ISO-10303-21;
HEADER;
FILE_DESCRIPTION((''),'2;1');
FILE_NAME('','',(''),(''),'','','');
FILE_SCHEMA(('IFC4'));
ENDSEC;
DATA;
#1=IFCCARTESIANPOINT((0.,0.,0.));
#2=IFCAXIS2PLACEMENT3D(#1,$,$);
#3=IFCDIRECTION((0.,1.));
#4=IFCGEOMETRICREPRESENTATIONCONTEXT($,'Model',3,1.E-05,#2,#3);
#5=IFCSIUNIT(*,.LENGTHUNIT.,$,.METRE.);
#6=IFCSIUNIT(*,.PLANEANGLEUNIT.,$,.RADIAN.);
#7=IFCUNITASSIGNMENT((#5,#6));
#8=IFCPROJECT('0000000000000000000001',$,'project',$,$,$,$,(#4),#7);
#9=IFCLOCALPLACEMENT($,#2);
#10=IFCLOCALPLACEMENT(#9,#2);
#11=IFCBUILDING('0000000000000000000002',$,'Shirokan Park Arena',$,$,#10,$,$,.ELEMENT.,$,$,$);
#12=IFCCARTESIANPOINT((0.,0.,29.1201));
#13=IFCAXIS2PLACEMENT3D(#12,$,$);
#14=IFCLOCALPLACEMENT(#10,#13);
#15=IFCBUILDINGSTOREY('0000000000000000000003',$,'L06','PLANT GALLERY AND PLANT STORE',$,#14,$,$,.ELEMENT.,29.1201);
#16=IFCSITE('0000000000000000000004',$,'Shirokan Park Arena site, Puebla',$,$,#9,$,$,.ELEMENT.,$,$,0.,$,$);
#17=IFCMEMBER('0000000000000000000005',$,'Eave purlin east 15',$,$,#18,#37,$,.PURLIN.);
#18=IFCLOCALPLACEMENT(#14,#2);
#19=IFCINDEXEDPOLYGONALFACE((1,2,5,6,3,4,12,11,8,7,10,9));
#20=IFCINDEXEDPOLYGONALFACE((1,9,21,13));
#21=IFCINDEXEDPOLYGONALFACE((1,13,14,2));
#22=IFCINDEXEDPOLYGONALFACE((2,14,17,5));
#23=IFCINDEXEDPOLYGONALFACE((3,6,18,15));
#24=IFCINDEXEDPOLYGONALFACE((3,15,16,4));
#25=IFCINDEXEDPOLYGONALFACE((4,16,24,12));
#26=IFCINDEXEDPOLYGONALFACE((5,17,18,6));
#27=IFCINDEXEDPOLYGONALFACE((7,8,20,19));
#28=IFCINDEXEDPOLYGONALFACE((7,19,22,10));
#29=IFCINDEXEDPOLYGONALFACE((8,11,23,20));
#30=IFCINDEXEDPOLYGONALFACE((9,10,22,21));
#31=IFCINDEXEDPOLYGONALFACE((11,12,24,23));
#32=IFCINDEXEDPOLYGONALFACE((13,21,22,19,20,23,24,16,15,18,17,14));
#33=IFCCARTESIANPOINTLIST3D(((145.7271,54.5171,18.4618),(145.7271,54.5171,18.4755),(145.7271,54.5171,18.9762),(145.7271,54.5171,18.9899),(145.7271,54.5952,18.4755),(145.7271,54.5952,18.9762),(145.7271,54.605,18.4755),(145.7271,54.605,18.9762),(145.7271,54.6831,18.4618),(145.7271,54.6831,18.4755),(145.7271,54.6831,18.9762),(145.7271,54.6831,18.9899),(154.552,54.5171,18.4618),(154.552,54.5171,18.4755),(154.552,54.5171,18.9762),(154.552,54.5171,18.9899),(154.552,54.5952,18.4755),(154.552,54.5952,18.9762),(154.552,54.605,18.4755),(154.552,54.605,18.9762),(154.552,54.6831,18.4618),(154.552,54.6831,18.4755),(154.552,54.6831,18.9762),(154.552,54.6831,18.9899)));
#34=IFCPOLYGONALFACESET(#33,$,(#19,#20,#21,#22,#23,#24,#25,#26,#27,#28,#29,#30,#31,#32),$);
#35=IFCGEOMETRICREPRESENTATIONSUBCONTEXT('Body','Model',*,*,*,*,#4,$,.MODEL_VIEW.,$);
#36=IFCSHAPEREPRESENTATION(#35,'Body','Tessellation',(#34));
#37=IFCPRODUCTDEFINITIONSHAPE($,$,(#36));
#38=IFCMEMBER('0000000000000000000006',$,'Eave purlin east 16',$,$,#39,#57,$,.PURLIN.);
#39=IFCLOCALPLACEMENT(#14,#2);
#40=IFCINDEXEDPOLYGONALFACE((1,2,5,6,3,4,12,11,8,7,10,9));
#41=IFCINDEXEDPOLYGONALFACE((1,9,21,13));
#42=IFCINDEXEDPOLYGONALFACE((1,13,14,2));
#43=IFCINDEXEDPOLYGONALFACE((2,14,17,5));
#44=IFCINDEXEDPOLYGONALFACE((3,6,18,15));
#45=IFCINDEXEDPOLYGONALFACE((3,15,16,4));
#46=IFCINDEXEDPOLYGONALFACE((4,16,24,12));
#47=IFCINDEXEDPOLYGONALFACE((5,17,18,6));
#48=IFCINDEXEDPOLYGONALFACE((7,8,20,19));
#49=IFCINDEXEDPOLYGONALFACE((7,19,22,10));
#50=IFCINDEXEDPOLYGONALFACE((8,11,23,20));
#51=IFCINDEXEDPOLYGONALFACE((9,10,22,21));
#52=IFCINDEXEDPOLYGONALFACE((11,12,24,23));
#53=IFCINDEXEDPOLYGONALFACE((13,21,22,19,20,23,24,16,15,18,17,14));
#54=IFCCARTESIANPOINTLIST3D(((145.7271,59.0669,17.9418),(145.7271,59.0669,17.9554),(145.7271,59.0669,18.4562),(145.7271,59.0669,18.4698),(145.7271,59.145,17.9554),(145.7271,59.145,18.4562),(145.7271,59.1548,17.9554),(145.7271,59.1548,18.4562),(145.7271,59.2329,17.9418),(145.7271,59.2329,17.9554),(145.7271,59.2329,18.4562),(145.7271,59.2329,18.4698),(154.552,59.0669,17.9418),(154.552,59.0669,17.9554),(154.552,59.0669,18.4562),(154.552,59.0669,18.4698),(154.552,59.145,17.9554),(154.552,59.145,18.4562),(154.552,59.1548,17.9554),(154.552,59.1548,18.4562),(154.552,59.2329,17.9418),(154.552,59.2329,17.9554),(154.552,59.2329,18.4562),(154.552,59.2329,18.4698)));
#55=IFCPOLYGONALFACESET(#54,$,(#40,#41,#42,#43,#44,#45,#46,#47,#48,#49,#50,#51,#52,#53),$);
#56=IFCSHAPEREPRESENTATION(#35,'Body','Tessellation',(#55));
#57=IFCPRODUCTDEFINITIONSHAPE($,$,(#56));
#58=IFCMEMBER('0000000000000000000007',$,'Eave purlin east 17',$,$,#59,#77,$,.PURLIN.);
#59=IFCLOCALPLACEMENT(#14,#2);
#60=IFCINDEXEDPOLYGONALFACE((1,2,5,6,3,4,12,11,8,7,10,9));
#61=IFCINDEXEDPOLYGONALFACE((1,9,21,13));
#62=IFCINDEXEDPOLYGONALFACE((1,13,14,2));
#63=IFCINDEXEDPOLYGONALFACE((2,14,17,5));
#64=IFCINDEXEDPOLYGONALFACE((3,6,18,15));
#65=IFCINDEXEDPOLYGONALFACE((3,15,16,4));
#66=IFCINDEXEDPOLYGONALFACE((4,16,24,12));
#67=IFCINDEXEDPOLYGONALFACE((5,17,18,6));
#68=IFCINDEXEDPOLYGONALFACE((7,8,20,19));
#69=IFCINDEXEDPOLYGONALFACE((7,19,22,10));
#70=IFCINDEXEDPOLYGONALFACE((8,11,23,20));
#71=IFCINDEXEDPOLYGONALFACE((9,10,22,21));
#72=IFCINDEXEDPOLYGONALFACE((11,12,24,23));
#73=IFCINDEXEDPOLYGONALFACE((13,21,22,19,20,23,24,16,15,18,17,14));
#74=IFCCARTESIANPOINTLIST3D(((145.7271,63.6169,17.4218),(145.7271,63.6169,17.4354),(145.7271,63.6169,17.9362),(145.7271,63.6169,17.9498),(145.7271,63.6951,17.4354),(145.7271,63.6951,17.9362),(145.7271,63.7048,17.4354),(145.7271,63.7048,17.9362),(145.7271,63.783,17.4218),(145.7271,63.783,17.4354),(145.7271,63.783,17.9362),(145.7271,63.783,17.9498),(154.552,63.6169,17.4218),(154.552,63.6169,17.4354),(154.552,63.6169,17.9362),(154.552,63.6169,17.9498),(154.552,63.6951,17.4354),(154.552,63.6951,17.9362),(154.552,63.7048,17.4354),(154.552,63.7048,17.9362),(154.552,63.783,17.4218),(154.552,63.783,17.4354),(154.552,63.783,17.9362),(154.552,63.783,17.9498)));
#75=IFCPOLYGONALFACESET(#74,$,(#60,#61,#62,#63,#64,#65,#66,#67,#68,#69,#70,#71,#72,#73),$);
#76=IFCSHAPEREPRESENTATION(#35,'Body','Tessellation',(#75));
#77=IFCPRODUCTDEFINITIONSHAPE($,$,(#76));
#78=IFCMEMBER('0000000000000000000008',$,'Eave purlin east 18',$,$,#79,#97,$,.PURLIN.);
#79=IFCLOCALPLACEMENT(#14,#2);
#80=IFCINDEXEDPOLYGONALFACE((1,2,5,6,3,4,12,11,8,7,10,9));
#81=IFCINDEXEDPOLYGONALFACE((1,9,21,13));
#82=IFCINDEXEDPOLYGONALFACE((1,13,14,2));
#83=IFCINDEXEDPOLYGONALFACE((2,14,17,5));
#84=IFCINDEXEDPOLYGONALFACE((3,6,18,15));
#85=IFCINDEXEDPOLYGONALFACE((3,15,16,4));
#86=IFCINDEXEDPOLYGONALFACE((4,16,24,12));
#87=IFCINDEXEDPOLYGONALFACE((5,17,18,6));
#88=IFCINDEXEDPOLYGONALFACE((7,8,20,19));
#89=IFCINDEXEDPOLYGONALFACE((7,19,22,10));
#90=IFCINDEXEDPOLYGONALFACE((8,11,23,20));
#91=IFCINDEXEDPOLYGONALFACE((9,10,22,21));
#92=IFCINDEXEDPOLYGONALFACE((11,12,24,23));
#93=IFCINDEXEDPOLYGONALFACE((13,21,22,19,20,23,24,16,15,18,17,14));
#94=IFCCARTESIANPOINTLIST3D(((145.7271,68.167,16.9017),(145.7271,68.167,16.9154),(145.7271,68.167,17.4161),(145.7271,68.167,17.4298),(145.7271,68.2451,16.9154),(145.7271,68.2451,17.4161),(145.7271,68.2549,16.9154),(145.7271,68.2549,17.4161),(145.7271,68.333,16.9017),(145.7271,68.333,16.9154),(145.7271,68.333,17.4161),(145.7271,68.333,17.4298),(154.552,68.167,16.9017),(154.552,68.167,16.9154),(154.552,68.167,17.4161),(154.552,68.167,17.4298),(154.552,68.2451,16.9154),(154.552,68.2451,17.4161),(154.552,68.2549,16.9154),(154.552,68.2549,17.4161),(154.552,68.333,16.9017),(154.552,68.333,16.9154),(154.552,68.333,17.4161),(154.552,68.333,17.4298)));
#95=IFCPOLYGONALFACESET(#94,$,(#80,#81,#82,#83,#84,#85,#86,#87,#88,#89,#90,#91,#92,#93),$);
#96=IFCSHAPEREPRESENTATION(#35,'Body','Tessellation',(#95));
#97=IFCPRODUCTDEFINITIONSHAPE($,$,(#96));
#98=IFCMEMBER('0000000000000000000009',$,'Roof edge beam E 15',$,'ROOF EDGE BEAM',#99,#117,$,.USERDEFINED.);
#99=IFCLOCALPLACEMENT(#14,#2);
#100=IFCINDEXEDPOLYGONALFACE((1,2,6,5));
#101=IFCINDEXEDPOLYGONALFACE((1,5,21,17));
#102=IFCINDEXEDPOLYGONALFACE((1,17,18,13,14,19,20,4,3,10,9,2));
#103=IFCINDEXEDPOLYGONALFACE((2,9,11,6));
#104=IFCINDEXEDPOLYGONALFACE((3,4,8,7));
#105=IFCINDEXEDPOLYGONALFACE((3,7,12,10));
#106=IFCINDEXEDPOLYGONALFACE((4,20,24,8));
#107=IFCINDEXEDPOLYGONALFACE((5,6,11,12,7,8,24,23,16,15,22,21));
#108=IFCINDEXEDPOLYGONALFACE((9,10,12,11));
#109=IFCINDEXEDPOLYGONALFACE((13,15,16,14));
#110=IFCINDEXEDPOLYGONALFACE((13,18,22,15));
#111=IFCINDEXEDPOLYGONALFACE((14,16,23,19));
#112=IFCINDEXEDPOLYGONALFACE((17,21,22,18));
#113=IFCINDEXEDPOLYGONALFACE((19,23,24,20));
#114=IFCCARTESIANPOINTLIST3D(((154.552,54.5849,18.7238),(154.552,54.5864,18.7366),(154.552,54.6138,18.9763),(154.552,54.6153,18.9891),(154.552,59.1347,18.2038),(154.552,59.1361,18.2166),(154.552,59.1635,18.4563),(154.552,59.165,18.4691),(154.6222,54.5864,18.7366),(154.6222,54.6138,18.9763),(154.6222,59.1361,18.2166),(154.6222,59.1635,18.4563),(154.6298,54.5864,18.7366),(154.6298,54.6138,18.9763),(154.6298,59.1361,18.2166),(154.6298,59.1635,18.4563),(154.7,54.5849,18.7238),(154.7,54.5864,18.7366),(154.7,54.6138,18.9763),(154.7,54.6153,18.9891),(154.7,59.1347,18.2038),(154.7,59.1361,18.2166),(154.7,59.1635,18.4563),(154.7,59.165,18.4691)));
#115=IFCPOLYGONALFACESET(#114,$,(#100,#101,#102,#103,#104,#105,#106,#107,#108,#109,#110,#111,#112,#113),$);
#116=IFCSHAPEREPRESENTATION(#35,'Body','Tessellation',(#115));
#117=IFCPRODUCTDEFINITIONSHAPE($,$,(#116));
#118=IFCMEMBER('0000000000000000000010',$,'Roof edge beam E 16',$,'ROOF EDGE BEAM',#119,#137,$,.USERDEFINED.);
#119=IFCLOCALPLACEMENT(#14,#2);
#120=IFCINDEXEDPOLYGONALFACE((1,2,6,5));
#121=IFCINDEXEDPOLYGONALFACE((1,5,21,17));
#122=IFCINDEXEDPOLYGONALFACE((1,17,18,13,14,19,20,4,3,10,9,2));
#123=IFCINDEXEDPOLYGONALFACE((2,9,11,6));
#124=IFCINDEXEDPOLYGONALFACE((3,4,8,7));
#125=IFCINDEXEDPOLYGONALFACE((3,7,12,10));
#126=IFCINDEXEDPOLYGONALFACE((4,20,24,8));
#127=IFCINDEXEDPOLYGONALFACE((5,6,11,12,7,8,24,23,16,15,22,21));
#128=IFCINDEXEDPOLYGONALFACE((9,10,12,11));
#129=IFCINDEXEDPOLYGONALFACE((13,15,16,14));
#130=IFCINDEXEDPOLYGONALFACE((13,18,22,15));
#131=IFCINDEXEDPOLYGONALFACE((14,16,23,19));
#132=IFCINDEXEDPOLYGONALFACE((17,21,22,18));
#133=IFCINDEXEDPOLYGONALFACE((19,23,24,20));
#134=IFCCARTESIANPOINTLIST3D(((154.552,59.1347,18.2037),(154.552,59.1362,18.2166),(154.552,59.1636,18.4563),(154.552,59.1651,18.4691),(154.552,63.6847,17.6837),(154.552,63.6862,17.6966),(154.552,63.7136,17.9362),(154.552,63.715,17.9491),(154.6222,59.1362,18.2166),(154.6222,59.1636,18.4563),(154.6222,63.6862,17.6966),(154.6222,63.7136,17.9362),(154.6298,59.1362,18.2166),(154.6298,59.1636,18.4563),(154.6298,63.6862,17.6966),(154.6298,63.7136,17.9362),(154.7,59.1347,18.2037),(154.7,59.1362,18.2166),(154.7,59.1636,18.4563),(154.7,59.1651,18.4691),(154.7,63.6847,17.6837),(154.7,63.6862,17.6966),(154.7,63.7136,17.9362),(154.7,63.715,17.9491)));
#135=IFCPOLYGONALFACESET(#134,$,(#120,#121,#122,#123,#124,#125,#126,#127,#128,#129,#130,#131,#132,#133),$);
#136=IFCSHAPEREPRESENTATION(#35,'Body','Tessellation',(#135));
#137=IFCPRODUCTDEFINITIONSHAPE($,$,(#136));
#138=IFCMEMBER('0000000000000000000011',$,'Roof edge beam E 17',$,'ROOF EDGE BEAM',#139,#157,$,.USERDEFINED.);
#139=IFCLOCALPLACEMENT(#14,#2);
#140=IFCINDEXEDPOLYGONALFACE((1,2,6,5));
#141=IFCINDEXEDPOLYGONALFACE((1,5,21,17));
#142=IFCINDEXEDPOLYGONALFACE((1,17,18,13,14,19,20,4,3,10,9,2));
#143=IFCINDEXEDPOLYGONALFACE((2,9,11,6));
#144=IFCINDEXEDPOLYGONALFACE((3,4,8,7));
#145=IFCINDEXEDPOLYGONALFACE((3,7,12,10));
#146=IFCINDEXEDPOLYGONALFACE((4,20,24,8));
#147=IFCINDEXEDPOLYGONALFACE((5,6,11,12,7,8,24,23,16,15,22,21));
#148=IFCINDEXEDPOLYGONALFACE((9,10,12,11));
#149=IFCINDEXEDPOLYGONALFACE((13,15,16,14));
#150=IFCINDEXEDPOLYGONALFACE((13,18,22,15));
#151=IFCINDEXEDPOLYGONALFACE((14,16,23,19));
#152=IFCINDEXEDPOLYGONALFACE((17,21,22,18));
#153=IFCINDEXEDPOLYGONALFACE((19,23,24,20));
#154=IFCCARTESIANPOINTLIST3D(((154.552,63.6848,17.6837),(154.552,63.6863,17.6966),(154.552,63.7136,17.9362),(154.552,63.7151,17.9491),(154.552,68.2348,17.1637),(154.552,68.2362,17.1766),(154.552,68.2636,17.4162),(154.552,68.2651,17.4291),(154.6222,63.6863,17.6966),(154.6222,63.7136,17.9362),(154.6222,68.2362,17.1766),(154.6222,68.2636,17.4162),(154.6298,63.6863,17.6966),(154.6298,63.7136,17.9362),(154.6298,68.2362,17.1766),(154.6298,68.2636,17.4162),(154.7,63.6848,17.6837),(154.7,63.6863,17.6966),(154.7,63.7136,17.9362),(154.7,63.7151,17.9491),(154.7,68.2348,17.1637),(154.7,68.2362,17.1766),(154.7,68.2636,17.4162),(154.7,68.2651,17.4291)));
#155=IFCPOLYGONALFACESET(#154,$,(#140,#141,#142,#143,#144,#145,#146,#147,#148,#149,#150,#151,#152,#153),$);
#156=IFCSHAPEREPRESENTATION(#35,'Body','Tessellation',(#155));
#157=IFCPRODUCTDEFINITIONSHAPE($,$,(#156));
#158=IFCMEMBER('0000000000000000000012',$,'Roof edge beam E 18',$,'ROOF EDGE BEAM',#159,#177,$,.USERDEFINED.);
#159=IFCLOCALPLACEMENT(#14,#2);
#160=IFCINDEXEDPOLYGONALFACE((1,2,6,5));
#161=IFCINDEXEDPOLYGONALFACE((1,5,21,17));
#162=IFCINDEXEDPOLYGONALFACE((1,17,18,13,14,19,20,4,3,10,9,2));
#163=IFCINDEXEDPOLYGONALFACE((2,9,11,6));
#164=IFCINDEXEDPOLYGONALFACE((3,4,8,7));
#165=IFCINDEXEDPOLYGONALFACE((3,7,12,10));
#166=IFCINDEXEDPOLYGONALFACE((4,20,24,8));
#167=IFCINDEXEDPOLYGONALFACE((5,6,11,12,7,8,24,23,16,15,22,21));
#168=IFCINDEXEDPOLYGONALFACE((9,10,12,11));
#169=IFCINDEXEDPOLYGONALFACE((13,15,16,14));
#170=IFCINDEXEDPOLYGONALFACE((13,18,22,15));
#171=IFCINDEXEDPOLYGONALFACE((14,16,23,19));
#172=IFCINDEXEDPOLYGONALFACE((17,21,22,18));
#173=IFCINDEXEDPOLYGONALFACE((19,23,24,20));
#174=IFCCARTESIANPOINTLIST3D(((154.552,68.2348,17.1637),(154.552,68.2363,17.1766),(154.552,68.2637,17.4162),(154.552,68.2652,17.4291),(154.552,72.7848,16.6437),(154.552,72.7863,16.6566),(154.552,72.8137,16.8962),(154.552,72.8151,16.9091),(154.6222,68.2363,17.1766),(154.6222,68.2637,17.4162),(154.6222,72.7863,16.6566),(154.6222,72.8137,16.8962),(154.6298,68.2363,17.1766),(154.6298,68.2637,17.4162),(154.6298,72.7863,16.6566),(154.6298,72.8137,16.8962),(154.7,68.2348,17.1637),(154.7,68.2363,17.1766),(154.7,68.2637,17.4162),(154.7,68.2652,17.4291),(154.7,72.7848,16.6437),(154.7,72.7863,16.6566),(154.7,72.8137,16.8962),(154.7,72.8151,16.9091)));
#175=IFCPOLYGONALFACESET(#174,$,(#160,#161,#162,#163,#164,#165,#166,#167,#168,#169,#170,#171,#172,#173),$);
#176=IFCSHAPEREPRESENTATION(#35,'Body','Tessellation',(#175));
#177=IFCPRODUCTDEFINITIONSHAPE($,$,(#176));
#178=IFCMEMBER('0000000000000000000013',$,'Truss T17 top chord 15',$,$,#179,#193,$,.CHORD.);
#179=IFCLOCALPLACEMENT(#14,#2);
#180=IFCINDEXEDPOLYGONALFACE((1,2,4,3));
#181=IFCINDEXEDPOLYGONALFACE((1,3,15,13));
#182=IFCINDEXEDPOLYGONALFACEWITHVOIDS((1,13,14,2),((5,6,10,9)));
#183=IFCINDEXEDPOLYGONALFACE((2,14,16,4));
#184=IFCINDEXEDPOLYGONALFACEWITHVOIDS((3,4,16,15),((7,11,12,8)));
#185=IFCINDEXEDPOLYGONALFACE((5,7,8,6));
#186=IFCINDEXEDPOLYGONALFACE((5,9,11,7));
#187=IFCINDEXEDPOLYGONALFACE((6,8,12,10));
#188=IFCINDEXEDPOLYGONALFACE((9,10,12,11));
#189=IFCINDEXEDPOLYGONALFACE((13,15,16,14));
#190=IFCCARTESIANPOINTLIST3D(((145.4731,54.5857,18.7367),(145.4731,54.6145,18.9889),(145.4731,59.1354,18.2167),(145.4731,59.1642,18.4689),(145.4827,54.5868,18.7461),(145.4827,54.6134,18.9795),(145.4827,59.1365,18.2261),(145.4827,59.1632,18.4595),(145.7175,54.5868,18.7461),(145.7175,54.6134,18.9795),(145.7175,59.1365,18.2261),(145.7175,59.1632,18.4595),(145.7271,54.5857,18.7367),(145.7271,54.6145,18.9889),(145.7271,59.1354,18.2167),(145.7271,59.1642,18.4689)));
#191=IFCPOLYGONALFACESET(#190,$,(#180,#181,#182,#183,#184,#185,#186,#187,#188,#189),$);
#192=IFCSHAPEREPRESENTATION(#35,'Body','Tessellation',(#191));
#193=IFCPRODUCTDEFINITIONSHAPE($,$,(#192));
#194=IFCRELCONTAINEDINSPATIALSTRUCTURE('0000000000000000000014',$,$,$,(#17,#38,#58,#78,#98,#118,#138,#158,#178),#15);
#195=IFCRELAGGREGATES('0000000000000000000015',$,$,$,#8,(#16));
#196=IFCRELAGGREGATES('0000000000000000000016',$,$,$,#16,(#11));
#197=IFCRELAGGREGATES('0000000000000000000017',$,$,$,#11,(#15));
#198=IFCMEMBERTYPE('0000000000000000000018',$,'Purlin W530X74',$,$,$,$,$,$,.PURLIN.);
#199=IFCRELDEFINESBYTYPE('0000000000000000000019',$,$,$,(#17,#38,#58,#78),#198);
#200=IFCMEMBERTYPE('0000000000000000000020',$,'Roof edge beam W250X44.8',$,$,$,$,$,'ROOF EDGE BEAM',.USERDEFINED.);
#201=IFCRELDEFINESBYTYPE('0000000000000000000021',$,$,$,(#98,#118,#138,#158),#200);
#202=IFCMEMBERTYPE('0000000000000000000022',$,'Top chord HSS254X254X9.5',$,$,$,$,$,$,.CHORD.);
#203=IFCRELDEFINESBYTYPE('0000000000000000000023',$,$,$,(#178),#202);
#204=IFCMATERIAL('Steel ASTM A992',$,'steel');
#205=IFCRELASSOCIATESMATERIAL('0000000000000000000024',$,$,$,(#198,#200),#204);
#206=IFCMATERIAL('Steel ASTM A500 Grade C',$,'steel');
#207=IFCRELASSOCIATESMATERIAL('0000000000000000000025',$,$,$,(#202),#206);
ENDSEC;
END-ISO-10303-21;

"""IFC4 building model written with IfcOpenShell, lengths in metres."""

from ifc_helpers import new_model, si_unit, direction, frame, origin, origin_2d, place, context, subcontext, project, spatial, hollow_rectangle, i_section, extrude, material, material_profile, profile_set, type_object, element, save


model = new_model("IFC4")

# Units and contexts
model_context = context("Model", 3, precision=1e-05, world=origin(), true_north=direction((0.0, 1.0)))
body_context = subcontext(model_context, "Body", "Model", "MODEL_VIEW")
ifc_project = project(units=[si_unit("LENGTHUNIT", "METRE"), si_unit("PLANEANGLEUNIT", "RADIAN")], contexts=[model_context])

# Site, building, storey
site_placement = place(None, origin())
site = spatial("IfcSite", under=ifc_project, at=site_placement, Name="Shirokan Park Arena site, Puebla", CompositionType="ELEMENT", RefElevation=0.0)
building_placement = place(site_placement, origin())
building = spatial("IfcBuilding", under=site, at=building_placement, Name="Shirokan Park Arena", CompositionType="ELEMENT")
storey_placement = place(building_placement, frame((0.0, 0.0, 29.1201)))
storey = spatial("IfcBuildingStorey", under=building, at=storey_placement, Name="L06", Description="PLANT GALLERY AND PLANT STORE", CompositionType="ELEMENT", Elevation=29.1201)

# Members
ifc_material_1 = material(Name="Steel ASTM A992", Category="steel")
ifc_material_profile_1 = material_profile(ifc_material_1, i_section(OverallWidth=0.166, OverallDepth=0.5281, WebThickness=0.0098, FlangeThickness=0.0137, at=origin_2d()), Name="W530X74")
ifc_profile_set_1 = profile_set([ifc_material_profile_1], Name="Steel ASTM A992")
member_type_1 = type_object("IfcMemberType", Name="Purlin W530X74", PredefinedType="PURLIN", material=ifc_profile_set_1)
for number, where, z_axis, x_axis, name in (
    (1, (145.7271, 54.6001, 18.7258), (1.0, 0.0, 0.0), (0.0, 1.0, 0.0), "Eave purlin east 15"),
    (2, (145.7271, 59.1499, 18.2058), (1.0, 0.0, 0.0), (0.0, 1.0, 0.0), "Eave purlin east 16"),
    (3, (145.7271, 63.7, 17.6858), (1.0, 0.0, 0.0), (0.0, 1.0, 0.0), "Eave purlin east 17"),
    (4, (145.7271, 68.25, 17.1658), (1.0, 0.0, 0.0), (0.0, 1.0, 0.0), "Eave purlin east 18"),
):
    element("IfcMember", number, at=place(storey_placement, frame(where, z_axis=z_axis, x_axis=x_axis)), inside=storey, type_object=member_type_1, Name=name, PredefinedType="PURLIN", context=body_context, shape_type="SweptSolid", body=[
        extrude(i_section(OverallWidth=0.166, OverallDepth=0.5281, WebThickness=0.0098, FlangeThickness=0.0137, at=origin_2d()), origin(), (0.0, 0.0, 1.0), 8.825),
    ])
ifc_material_profile_2 = material_profile(ifc_material_1, i_section(OverallWidth=0.1479, OverallDepth=0.2671, WebThickness=0.0076, FlangeThickness=0.0129, at=origin_2d()), Name="W250X44.8")
ifc_profile_set_2 = profile_set([ifc_material_profile_2], Name="Steel ASTM A992")
member_type_2 = type_object("IfcMemberType", Name="Roof edge beam W250X44.8", ElementType="ROOF EDGE BEAM", PredefinedType="USERDEFINED", material=ifc_profile_set_2)
member_1_placement = place(storey_placement, frame((154.626, 54.6001, 18.8564), z_axis=(0.0, 0.993532, -0.113556), x_axis=(-1.0, 0.0, 0.0)))
element("IfcMember", 5, at=member_1_placement, inside=storey, type_object=member_type_2, Name="Roof edge beam E 15", ObjectType="ROOF EDGE BEAM", PredefinedType="USERDEFINED", context=body_context, shape_type="SweptSolid", body=[
    extrude(i_section(OverallWidth=0.1479, OverallDepth=0.2671, WebThickness=0.0076, FlangeThickness=0.0129, at=origin_2d()), origin(), (0.0, 0.0, 1.0), 4.5793),
])
for number, where, z_axis, x_axis, name in (
    (6, (154.626, 59.1499, 18.3364), (0.0, 0.993532, -0.11355), (-1.0, 0.0, 0.0), "Roof edge beam E 16"),
    (7, (154.626, 63.7, 17.8164), (0.0, 0.993532, -0.11355), (-1.0, 0.0, 0.0), "Roof edge beam E 17"),
    (8, (154.626, 68.25, 17.2964), (0.0, 0.993532, -0.11355), (-1.0, 0.0, 0.0), "Roof edge beam E 18"),
):
    element("IfcMember", number, at=place(storey_placement, frame(where, z_axis=z_axis, x_axis=x_axis)), inside=storey, type_object=member_type_2, Name=name, ObjectType="ROOF EDGE BEAM", PredefinedType="USERDEFINED", context=body_context, shape_type="SweptSolid", body=[
        extrude(i_section(OverallWidth=0.1479, OverallDepth=0.2671, WebThickness=0.0076, FlangeThickness=0.0129, at=origin_2d()), origin(), (0.0, 0.0, 1.0), 4.5796),
    ])
ifc_material_2 = material(Name="Steel ASTM A500 Grade C", Category="steel")
ifc_material_profile_3 = material_profile(ifc_material_2, hollow_rectangle(XDim=0.2539, YDim=0.2539, WallThickness=0.0095, at=origin_2d()), Name="HSS254X254X9.5")
ifc_profile_set_3 = profile_set([ifc_material_profile_3], Name="Steel ASTM A500 Grade C")
member_type_3 = type_object("IfcMemberType", Name="Top chord HSS254X254X9.5", PredefinedType="CHORD", material=ifc_profile_set_3)
member_2_placement = place(storey_placement, frame((145.6001, 54.6001, 18.8628), z_axis=(0.0, 0.993532, -0.113556), x_axis=(-1.0, 0.0, 0.0)))
element("IfcMember", 9, at=member_2_placement, inside=storey, type_object=member_type_3, Name="Truss T17 top chord 15", PredefinedType="CHORD", context=body_context, shape_type="SweptSolid", body=[
    extrude(hollow_rectangle(XDim=0.2539, YDim=0.2539, WallThickness=0.0095, at=origin_2d()), origin(), (0.0, 0.0, 1.0), 4.5793),
])

save(model, "model.ifc")
